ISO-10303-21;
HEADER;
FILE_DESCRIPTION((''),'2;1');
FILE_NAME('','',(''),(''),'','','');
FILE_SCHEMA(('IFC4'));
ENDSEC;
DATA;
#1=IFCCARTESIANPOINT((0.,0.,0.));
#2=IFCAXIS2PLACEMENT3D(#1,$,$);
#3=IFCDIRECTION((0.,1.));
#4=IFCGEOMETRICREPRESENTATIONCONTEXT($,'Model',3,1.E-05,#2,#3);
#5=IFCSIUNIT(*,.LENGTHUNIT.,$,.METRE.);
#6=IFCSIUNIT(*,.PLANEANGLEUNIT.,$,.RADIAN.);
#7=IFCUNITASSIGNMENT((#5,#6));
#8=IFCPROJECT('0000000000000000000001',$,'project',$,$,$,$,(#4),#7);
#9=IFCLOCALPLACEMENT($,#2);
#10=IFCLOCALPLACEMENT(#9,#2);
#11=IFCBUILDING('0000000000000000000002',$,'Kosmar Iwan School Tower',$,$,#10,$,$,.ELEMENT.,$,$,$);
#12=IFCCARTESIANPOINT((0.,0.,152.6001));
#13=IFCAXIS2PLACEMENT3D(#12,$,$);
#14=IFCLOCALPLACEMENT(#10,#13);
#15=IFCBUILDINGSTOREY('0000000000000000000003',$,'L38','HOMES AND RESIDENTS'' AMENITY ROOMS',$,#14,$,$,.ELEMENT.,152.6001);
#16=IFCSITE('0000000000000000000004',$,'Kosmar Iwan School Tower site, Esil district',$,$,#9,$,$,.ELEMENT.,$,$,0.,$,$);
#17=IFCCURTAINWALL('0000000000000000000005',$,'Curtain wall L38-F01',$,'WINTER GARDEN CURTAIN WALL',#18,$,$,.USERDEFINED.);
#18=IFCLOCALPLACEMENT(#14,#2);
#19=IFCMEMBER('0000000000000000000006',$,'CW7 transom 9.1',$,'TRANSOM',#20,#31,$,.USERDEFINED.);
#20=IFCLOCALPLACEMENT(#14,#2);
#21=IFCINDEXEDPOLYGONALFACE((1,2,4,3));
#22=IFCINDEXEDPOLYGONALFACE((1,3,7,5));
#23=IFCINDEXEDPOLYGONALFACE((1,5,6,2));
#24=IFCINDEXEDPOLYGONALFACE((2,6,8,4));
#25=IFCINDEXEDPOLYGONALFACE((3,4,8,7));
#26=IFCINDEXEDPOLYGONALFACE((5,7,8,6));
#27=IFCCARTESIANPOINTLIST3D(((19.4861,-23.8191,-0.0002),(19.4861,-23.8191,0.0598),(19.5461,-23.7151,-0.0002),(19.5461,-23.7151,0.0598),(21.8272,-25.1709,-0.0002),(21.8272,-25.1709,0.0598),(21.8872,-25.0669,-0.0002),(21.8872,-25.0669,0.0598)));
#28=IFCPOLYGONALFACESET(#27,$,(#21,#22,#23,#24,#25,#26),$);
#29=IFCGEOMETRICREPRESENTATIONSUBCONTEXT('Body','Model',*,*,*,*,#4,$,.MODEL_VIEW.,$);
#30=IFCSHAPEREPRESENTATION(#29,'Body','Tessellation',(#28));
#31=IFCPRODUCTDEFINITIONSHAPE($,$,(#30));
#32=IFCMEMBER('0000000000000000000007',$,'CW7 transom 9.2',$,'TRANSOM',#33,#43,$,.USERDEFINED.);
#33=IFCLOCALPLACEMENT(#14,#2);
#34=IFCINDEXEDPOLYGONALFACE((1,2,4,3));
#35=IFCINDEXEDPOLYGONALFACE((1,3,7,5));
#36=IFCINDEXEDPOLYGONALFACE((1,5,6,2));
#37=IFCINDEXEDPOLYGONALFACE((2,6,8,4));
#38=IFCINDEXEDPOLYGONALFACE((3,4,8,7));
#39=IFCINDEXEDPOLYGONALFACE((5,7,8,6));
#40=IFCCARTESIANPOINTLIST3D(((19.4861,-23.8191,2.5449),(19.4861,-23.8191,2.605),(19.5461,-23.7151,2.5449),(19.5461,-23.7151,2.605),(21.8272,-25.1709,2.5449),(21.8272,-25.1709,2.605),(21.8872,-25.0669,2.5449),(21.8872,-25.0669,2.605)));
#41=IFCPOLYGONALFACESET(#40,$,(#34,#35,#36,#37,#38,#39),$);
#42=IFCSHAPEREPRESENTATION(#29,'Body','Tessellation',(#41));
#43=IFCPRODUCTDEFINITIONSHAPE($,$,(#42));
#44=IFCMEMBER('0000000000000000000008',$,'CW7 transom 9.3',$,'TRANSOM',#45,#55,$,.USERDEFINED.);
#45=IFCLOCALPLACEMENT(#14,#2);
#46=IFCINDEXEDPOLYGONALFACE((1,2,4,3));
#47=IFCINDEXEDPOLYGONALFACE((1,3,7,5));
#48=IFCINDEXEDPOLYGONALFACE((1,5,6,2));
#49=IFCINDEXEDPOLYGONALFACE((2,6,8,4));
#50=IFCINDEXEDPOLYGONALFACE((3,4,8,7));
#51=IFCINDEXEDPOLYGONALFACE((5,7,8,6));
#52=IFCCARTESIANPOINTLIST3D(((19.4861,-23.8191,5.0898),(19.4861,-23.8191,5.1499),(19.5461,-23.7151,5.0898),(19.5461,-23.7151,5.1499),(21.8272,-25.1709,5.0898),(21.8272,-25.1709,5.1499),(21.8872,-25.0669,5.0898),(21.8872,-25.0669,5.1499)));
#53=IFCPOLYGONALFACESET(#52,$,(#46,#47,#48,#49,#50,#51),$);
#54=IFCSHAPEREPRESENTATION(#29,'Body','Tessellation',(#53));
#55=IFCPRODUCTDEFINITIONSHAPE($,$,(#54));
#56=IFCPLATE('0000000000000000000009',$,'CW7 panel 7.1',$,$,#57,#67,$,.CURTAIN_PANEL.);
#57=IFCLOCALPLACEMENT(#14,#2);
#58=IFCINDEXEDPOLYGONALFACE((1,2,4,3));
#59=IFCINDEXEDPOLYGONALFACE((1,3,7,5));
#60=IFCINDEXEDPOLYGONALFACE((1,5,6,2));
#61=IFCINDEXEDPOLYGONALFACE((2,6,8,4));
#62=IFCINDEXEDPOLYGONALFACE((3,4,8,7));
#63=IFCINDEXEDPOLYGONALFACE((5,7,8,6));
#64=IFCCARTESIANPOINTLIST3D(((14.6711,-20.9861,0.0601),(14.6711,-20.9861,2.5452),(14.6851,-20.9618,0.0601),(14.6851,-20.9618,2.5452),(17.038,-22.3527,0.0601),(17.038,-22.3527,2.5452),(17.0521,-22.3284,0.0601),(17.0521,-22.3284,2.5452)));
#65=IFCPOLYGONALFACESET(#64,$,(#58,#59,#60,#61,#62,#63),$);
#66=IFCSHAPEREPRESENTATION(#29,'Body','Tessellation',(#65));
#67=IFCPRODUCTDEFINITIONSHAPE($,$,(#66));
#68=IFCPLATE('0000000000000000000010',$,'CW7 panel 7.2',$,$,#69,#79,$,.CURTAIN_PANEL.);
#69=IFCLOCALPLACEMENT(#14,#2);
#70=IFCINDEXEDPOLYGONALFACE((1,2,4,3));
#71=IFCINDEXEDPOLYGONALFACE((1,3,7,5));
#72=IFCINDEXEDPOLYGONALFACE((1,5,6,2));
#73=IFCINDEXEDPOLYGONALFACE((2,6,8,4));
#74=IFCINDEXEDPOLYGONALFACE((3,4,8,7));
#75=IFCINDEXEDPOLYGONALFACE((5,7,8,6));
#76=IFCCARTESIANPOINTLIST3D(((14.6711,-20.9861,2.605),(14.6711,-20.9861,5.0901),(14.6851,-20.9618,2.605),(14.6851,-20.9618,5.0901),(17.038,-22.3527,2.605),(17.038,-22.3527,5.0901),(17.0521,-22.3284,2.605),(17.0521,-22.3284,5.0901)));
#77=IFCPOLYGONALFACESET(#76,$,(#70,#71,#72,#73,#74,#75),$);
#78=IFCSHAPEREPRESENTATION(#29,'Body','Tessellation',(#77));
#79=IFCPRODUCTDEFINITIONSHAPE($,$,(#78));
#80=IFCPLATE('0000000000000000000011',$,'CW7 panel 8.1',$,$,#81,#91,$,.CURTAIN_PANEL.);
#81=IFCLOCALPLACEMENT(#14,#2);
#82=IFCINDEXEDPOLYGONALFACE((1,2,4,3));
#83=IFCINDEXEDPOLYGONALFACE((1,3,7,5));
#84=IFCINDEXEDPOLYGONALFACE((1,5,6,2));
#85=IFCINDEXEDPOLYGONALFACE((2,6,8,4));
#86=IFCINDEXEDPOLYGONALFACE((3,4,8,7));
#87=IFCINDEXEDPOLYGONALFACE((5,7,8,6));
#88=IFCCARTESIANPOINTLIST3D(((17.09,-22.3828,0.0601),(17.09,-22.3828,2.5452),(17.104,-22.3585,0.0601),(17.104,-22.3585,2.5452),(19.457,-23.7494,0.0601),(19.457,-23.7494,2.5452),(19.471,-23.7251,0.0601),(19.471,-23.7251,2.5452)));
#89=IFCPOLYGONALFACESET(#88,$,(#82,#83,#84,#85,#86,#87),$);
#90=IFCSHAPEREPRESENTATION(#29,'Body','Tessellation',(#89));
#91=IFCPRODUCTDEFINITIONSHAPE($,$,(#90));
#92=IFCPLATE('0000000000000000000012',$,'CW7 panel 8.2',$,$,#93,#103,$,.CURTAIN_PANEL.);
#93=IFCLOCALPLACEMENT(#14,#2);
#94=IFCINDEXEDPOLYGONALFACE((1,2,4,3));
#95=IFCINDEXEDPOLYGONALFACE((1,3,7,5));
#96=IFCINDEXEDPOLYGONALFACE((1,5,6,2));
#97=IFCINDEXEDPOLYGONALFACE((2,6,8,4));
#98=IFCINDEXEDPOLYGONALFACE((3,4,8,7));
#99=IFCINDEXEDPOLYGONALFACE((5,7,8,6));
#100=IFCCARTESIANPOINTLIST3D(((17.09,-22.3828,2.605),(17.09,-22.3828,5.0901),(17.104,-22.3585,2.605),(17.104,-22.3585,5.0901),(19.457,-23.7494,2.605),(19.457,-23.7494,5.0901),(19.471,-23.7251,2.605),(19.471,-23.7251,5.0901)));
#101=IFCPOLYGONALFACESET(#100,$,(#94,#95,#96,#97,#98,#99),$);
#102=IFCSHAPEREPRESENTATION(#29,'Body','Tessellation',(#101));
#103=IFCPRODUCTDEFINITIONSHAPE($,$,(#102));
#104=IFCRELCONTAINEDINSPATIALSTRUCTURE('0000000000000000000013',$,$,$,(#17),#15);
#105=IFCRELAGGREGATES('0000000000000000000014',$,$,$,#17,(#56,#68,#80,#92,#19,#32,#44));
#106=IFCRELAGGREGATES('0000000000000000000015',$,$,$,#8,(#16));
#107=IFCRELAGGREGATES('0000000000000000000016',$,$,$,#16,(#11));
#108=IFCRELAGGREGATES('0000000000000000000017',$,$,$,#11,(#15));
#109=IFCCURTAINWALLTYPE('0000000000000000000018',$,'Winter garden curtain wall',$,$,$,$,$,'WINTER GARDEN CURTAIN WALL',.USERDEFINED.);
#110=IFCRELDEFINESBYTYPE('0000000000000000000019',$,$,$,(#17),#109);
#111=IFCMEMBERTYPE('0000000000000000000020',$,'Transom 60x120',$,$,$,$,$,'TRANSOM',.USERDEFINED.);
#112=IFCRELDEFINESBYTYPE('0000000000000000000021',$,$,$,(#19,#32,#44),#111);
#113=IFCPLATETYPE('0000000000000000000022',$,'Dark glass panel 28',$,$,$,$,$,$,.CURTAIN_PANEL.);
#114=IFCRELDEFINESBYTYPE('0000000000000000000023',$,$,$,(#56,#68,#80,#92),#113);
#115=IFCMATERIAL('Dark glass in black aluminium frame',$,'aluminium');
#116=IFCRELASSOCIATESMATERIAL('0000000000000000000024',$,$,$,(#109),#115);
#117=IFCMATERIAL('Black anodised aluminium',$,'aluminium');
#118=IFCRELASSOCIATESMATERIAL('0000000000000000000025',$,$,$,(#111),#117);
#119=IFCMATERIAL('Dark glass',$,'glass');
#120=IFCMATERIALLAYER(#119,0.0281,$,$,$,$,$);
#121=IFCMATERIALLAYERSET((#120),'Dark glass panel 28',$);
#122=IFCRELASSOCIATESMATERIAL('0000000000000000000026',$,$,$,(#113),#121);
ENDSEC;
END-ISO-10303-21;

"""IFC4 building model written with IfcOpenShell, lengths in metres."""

from ifc_helpers import new_model, si_unit, direction, frame, origin, origin_2d, place, context, subcontext, project, spatial, rectangle, extrude, material, layer, layer_set, material_profile, profile_set, type_object, element, aggregate, save


model = new_model("IFC4")

# Units and contexts
model_context = context("Model", 3, precision=1e-05, world=origin(), true_north=direction((0.0, 1.0)))
body_context = subcontext(model_context, "Body", "Model", "MODEL_VIEW")
ifc_project = project(units=[si_unit("LENGTHUNIT", "METRE"), si_unit("PLANEANGLEUNIT", "RADIAN")], contexts=[model_context])

# Site, building, storey
site_placement = place(None, origin())
site = spatial("IfcSite", under=ifc_project, at=site_placement, Name="Kosmar Iwan School Tower site, Esil district", CompositionType="ELEMENT", RefElevation=0.0)
building_placement = place(site_placement, origin())
building = spatial("IfcBuilding", under=site, at=building_placement, Name="Kosmar Iwan School Tower", CompositionType="ELEMENT")
storey_placement = place(building_placement, frame((0.0, 0.0, 152.6001)))
storey = spatial("IfcBuildingStorey", under=building, at=storey_placement, Name="L38", Description="HOMES AND RESIDENTS' AMENITY ROOMS", CompositionType="ELEMENT", Elevation=152.6001)

# Curtain wall
ifc_material_1 = material(Name="Dark glass in black aluminium frame", Category="aluminium")
curtain_wall_type = type_object("IfcCurtainWallType", Name="Winter garden curtain wall", ElementType="WINTER GARDEN CURTAIN WALL", PredefinedType="USERDEFINED", material=ifc_material_1)
curtain_wall_placement = place(storey_placement, origin())
curtain_wall = element("IfcCurtainWall", 1, at=curtain_wall_placement, inside=storey, type_object=curtain_wall_type, Name="Curtain wall L38-F01", ObjectType="WINTER GARDEN CURTAIN WALL", PredefinedType="USERDEFINED")

# Members
ifc_material_2 = material(Name="Black anodised aluminium", Category="aluminium")
ifc_material_profile_1 = material_profile(ifc_material_2, rectangle(XDim=0.1201, YDim=0.0601, at=origin_2d()), Name="TRANSOM 60x120")
ifc_profile_set_1 = profile_set([ifc_material_profile_1], Name="Black anodised aluminium")
member_type_1 = type_object("IfcMemberType", Name="Transom 60x120", ElementType="TRANSOM", PredefinedType="USERDEFINED", material=ifc_profile_set_1)
member_1_placement = place(storey_placement, frame((19.5161, -23.7671, 0.0298), z_axis=(0.865995, -0.500053, 0.0), x_axis=(0.500053, 0.865995, 0.0)))
member_1 = element("IfcMember", 2, at=member_1_placement, type_object=member_type_1, Name="CW7 transom 9.1", ObjectType="TRANSOM", PredefinedType="USERDEFINED", context=body_context, shape_type="SweptSolid", body=[
    extrude(rectangle(XDim=0.1201, YDim=0.0601, at=origin_2d()), origin(), (0.0, 0.0, 1.0), 2.7034),
])
member_2_placement = place(storey_placement, frame((19.5161, -23.7671, 2.575), z_axis=(0.865995, -0.500053, 0.0), x_axis=(0.500053, 0.865995, 0.0)))
member_2 = element("IfcMember", 3, at=member_2_placement, type_object=member_type_1, Name="CW7 transom 9.2", ObjectType="TRANSOM", PredefinedType="USERDEFINED", context=body_context, shape_type="SweptSolid", body=[
    extrude(rectangle(XDim=0.1201, YDim=0.0601, at=origin_2d()), origin(), (0.0, 0.0, 1.0), 2.7034),
])
member_3_placement = place(storey_placement, frame((19.5161, -23.7671, 5.1199), z_axis=(0.865995, -0.500053, 0.0), x_axis=(0.500053, 0.865995, 0.0)))
member_3 = element("IfcMember", 4, at=member_3_placement, type_object=member_type_1, Name="CW7 transom 9.3", ObjectType="TRANSOM", PredefinedType="USERDEFINED", context=body_context, shape_type="SweptSolid", body=[
    extrude(rectangle(XDim=0.1201, YDim=0.0601, at=origin_2d()), origin(), (0.0, 0.0, 1.0), 2.7034),
])

# Plates
ifc_material_3 = material(Name="Dark glass", Category="glass")
ifc_layer = layer(ifc_material_3, 0.0281)
ifc_layer_set = layer_set([ifc_layer], Name="Dark glass panel 28")
plate_type = type_object("IfcPlateType", Name="Dark glass panel 28", PredefinedType="CURTAIN_PANEL", material=ifc_layer_set)
plate_1_placement = place(storey_placement, frame((15.8616, -21.6572, 0.0601), z_axis=(0.0, 0.0, 1.0), x_axis=(0.866025, -0.5, 0.0)))
plate_1 = element("IfcPlate", 5, at=plate_1_placement, type_object=plate_type, Name="CW7 panel 7.1", PredefinedType="CURTAIN_PANEL", context=body_context, shape_type="SweptSolid", body=[
    extrude(rectangle(XDim=2.7332, YDim=0.0281, at=origin_2d()), origin(), (0.0, 0.0, 1.0), 2.4851),
])
plate_2_placement = place(storey_placement, frame((15.8616, -21.6572, 2.605), z_axis=(0.0, 0.0, 1.0), x_axis=(0.866025, -0.5, 0.0)))
plate_2 = element("IfcPlate", 6, at=plate_2_placement, type_object=plate_type, Name="CW7 panel 7.2", PredefinedType="CURTAIN_PANEL", context=body_context, shape_type="SweptSolid", body=[
    extrude(rectangle(XDim=2.7332, YDim=0.0281, at=origin_2d()), origin(), (0.0, 0.0, 1.0), 2.4851),
])
plate_3_placement = place(storey_placement, frame((18.2805, -23.054, 0.0601), z_axis=(0.0, 0.0, 1.0), x_axis=(0.866025, -0.5, 0.0)))
plate_3 = element("IfcPlate", 7, at=plate_3_placement, type_object=plate_type, Name="CW7 panel 8.1", PredefinedType="CURTAIN_PANEL", context=body_context, shape_type="SweptSolid", body=[
    extrude(rectangle(XDim=2.7332, YDim=0.0281, at=origin_2d()), origin(), (0.0, 0.0, 1.0), 2.4851),
])
plate_4_placement = place(storey_placement, frame((18.2805, -23.054, 2.605), z_axis=(0.0, 0.0, 1.0), x_axis=(0.866025, -0.5, 0.0)))
plate_4 = element("IfcPlate", 8, at=plate_4_placement, type_object=plate_type, Name="CW7 panel 8.2", PredefinedType="CURTAIN_PANEL", context=body_context, shape_type="SweptSolid", body=[
    extrude(rectangle(XDim=2.7332, YDim=0.0281, at=origin_2d()), origin(), (0.0, 0.0, 1.0), 2.4851),
])
aggregate(curtain_wall, [plate_1, plate_2, plate_3, plate_4, member_1, member_2, member_3])

save(model, "model.ifc")
